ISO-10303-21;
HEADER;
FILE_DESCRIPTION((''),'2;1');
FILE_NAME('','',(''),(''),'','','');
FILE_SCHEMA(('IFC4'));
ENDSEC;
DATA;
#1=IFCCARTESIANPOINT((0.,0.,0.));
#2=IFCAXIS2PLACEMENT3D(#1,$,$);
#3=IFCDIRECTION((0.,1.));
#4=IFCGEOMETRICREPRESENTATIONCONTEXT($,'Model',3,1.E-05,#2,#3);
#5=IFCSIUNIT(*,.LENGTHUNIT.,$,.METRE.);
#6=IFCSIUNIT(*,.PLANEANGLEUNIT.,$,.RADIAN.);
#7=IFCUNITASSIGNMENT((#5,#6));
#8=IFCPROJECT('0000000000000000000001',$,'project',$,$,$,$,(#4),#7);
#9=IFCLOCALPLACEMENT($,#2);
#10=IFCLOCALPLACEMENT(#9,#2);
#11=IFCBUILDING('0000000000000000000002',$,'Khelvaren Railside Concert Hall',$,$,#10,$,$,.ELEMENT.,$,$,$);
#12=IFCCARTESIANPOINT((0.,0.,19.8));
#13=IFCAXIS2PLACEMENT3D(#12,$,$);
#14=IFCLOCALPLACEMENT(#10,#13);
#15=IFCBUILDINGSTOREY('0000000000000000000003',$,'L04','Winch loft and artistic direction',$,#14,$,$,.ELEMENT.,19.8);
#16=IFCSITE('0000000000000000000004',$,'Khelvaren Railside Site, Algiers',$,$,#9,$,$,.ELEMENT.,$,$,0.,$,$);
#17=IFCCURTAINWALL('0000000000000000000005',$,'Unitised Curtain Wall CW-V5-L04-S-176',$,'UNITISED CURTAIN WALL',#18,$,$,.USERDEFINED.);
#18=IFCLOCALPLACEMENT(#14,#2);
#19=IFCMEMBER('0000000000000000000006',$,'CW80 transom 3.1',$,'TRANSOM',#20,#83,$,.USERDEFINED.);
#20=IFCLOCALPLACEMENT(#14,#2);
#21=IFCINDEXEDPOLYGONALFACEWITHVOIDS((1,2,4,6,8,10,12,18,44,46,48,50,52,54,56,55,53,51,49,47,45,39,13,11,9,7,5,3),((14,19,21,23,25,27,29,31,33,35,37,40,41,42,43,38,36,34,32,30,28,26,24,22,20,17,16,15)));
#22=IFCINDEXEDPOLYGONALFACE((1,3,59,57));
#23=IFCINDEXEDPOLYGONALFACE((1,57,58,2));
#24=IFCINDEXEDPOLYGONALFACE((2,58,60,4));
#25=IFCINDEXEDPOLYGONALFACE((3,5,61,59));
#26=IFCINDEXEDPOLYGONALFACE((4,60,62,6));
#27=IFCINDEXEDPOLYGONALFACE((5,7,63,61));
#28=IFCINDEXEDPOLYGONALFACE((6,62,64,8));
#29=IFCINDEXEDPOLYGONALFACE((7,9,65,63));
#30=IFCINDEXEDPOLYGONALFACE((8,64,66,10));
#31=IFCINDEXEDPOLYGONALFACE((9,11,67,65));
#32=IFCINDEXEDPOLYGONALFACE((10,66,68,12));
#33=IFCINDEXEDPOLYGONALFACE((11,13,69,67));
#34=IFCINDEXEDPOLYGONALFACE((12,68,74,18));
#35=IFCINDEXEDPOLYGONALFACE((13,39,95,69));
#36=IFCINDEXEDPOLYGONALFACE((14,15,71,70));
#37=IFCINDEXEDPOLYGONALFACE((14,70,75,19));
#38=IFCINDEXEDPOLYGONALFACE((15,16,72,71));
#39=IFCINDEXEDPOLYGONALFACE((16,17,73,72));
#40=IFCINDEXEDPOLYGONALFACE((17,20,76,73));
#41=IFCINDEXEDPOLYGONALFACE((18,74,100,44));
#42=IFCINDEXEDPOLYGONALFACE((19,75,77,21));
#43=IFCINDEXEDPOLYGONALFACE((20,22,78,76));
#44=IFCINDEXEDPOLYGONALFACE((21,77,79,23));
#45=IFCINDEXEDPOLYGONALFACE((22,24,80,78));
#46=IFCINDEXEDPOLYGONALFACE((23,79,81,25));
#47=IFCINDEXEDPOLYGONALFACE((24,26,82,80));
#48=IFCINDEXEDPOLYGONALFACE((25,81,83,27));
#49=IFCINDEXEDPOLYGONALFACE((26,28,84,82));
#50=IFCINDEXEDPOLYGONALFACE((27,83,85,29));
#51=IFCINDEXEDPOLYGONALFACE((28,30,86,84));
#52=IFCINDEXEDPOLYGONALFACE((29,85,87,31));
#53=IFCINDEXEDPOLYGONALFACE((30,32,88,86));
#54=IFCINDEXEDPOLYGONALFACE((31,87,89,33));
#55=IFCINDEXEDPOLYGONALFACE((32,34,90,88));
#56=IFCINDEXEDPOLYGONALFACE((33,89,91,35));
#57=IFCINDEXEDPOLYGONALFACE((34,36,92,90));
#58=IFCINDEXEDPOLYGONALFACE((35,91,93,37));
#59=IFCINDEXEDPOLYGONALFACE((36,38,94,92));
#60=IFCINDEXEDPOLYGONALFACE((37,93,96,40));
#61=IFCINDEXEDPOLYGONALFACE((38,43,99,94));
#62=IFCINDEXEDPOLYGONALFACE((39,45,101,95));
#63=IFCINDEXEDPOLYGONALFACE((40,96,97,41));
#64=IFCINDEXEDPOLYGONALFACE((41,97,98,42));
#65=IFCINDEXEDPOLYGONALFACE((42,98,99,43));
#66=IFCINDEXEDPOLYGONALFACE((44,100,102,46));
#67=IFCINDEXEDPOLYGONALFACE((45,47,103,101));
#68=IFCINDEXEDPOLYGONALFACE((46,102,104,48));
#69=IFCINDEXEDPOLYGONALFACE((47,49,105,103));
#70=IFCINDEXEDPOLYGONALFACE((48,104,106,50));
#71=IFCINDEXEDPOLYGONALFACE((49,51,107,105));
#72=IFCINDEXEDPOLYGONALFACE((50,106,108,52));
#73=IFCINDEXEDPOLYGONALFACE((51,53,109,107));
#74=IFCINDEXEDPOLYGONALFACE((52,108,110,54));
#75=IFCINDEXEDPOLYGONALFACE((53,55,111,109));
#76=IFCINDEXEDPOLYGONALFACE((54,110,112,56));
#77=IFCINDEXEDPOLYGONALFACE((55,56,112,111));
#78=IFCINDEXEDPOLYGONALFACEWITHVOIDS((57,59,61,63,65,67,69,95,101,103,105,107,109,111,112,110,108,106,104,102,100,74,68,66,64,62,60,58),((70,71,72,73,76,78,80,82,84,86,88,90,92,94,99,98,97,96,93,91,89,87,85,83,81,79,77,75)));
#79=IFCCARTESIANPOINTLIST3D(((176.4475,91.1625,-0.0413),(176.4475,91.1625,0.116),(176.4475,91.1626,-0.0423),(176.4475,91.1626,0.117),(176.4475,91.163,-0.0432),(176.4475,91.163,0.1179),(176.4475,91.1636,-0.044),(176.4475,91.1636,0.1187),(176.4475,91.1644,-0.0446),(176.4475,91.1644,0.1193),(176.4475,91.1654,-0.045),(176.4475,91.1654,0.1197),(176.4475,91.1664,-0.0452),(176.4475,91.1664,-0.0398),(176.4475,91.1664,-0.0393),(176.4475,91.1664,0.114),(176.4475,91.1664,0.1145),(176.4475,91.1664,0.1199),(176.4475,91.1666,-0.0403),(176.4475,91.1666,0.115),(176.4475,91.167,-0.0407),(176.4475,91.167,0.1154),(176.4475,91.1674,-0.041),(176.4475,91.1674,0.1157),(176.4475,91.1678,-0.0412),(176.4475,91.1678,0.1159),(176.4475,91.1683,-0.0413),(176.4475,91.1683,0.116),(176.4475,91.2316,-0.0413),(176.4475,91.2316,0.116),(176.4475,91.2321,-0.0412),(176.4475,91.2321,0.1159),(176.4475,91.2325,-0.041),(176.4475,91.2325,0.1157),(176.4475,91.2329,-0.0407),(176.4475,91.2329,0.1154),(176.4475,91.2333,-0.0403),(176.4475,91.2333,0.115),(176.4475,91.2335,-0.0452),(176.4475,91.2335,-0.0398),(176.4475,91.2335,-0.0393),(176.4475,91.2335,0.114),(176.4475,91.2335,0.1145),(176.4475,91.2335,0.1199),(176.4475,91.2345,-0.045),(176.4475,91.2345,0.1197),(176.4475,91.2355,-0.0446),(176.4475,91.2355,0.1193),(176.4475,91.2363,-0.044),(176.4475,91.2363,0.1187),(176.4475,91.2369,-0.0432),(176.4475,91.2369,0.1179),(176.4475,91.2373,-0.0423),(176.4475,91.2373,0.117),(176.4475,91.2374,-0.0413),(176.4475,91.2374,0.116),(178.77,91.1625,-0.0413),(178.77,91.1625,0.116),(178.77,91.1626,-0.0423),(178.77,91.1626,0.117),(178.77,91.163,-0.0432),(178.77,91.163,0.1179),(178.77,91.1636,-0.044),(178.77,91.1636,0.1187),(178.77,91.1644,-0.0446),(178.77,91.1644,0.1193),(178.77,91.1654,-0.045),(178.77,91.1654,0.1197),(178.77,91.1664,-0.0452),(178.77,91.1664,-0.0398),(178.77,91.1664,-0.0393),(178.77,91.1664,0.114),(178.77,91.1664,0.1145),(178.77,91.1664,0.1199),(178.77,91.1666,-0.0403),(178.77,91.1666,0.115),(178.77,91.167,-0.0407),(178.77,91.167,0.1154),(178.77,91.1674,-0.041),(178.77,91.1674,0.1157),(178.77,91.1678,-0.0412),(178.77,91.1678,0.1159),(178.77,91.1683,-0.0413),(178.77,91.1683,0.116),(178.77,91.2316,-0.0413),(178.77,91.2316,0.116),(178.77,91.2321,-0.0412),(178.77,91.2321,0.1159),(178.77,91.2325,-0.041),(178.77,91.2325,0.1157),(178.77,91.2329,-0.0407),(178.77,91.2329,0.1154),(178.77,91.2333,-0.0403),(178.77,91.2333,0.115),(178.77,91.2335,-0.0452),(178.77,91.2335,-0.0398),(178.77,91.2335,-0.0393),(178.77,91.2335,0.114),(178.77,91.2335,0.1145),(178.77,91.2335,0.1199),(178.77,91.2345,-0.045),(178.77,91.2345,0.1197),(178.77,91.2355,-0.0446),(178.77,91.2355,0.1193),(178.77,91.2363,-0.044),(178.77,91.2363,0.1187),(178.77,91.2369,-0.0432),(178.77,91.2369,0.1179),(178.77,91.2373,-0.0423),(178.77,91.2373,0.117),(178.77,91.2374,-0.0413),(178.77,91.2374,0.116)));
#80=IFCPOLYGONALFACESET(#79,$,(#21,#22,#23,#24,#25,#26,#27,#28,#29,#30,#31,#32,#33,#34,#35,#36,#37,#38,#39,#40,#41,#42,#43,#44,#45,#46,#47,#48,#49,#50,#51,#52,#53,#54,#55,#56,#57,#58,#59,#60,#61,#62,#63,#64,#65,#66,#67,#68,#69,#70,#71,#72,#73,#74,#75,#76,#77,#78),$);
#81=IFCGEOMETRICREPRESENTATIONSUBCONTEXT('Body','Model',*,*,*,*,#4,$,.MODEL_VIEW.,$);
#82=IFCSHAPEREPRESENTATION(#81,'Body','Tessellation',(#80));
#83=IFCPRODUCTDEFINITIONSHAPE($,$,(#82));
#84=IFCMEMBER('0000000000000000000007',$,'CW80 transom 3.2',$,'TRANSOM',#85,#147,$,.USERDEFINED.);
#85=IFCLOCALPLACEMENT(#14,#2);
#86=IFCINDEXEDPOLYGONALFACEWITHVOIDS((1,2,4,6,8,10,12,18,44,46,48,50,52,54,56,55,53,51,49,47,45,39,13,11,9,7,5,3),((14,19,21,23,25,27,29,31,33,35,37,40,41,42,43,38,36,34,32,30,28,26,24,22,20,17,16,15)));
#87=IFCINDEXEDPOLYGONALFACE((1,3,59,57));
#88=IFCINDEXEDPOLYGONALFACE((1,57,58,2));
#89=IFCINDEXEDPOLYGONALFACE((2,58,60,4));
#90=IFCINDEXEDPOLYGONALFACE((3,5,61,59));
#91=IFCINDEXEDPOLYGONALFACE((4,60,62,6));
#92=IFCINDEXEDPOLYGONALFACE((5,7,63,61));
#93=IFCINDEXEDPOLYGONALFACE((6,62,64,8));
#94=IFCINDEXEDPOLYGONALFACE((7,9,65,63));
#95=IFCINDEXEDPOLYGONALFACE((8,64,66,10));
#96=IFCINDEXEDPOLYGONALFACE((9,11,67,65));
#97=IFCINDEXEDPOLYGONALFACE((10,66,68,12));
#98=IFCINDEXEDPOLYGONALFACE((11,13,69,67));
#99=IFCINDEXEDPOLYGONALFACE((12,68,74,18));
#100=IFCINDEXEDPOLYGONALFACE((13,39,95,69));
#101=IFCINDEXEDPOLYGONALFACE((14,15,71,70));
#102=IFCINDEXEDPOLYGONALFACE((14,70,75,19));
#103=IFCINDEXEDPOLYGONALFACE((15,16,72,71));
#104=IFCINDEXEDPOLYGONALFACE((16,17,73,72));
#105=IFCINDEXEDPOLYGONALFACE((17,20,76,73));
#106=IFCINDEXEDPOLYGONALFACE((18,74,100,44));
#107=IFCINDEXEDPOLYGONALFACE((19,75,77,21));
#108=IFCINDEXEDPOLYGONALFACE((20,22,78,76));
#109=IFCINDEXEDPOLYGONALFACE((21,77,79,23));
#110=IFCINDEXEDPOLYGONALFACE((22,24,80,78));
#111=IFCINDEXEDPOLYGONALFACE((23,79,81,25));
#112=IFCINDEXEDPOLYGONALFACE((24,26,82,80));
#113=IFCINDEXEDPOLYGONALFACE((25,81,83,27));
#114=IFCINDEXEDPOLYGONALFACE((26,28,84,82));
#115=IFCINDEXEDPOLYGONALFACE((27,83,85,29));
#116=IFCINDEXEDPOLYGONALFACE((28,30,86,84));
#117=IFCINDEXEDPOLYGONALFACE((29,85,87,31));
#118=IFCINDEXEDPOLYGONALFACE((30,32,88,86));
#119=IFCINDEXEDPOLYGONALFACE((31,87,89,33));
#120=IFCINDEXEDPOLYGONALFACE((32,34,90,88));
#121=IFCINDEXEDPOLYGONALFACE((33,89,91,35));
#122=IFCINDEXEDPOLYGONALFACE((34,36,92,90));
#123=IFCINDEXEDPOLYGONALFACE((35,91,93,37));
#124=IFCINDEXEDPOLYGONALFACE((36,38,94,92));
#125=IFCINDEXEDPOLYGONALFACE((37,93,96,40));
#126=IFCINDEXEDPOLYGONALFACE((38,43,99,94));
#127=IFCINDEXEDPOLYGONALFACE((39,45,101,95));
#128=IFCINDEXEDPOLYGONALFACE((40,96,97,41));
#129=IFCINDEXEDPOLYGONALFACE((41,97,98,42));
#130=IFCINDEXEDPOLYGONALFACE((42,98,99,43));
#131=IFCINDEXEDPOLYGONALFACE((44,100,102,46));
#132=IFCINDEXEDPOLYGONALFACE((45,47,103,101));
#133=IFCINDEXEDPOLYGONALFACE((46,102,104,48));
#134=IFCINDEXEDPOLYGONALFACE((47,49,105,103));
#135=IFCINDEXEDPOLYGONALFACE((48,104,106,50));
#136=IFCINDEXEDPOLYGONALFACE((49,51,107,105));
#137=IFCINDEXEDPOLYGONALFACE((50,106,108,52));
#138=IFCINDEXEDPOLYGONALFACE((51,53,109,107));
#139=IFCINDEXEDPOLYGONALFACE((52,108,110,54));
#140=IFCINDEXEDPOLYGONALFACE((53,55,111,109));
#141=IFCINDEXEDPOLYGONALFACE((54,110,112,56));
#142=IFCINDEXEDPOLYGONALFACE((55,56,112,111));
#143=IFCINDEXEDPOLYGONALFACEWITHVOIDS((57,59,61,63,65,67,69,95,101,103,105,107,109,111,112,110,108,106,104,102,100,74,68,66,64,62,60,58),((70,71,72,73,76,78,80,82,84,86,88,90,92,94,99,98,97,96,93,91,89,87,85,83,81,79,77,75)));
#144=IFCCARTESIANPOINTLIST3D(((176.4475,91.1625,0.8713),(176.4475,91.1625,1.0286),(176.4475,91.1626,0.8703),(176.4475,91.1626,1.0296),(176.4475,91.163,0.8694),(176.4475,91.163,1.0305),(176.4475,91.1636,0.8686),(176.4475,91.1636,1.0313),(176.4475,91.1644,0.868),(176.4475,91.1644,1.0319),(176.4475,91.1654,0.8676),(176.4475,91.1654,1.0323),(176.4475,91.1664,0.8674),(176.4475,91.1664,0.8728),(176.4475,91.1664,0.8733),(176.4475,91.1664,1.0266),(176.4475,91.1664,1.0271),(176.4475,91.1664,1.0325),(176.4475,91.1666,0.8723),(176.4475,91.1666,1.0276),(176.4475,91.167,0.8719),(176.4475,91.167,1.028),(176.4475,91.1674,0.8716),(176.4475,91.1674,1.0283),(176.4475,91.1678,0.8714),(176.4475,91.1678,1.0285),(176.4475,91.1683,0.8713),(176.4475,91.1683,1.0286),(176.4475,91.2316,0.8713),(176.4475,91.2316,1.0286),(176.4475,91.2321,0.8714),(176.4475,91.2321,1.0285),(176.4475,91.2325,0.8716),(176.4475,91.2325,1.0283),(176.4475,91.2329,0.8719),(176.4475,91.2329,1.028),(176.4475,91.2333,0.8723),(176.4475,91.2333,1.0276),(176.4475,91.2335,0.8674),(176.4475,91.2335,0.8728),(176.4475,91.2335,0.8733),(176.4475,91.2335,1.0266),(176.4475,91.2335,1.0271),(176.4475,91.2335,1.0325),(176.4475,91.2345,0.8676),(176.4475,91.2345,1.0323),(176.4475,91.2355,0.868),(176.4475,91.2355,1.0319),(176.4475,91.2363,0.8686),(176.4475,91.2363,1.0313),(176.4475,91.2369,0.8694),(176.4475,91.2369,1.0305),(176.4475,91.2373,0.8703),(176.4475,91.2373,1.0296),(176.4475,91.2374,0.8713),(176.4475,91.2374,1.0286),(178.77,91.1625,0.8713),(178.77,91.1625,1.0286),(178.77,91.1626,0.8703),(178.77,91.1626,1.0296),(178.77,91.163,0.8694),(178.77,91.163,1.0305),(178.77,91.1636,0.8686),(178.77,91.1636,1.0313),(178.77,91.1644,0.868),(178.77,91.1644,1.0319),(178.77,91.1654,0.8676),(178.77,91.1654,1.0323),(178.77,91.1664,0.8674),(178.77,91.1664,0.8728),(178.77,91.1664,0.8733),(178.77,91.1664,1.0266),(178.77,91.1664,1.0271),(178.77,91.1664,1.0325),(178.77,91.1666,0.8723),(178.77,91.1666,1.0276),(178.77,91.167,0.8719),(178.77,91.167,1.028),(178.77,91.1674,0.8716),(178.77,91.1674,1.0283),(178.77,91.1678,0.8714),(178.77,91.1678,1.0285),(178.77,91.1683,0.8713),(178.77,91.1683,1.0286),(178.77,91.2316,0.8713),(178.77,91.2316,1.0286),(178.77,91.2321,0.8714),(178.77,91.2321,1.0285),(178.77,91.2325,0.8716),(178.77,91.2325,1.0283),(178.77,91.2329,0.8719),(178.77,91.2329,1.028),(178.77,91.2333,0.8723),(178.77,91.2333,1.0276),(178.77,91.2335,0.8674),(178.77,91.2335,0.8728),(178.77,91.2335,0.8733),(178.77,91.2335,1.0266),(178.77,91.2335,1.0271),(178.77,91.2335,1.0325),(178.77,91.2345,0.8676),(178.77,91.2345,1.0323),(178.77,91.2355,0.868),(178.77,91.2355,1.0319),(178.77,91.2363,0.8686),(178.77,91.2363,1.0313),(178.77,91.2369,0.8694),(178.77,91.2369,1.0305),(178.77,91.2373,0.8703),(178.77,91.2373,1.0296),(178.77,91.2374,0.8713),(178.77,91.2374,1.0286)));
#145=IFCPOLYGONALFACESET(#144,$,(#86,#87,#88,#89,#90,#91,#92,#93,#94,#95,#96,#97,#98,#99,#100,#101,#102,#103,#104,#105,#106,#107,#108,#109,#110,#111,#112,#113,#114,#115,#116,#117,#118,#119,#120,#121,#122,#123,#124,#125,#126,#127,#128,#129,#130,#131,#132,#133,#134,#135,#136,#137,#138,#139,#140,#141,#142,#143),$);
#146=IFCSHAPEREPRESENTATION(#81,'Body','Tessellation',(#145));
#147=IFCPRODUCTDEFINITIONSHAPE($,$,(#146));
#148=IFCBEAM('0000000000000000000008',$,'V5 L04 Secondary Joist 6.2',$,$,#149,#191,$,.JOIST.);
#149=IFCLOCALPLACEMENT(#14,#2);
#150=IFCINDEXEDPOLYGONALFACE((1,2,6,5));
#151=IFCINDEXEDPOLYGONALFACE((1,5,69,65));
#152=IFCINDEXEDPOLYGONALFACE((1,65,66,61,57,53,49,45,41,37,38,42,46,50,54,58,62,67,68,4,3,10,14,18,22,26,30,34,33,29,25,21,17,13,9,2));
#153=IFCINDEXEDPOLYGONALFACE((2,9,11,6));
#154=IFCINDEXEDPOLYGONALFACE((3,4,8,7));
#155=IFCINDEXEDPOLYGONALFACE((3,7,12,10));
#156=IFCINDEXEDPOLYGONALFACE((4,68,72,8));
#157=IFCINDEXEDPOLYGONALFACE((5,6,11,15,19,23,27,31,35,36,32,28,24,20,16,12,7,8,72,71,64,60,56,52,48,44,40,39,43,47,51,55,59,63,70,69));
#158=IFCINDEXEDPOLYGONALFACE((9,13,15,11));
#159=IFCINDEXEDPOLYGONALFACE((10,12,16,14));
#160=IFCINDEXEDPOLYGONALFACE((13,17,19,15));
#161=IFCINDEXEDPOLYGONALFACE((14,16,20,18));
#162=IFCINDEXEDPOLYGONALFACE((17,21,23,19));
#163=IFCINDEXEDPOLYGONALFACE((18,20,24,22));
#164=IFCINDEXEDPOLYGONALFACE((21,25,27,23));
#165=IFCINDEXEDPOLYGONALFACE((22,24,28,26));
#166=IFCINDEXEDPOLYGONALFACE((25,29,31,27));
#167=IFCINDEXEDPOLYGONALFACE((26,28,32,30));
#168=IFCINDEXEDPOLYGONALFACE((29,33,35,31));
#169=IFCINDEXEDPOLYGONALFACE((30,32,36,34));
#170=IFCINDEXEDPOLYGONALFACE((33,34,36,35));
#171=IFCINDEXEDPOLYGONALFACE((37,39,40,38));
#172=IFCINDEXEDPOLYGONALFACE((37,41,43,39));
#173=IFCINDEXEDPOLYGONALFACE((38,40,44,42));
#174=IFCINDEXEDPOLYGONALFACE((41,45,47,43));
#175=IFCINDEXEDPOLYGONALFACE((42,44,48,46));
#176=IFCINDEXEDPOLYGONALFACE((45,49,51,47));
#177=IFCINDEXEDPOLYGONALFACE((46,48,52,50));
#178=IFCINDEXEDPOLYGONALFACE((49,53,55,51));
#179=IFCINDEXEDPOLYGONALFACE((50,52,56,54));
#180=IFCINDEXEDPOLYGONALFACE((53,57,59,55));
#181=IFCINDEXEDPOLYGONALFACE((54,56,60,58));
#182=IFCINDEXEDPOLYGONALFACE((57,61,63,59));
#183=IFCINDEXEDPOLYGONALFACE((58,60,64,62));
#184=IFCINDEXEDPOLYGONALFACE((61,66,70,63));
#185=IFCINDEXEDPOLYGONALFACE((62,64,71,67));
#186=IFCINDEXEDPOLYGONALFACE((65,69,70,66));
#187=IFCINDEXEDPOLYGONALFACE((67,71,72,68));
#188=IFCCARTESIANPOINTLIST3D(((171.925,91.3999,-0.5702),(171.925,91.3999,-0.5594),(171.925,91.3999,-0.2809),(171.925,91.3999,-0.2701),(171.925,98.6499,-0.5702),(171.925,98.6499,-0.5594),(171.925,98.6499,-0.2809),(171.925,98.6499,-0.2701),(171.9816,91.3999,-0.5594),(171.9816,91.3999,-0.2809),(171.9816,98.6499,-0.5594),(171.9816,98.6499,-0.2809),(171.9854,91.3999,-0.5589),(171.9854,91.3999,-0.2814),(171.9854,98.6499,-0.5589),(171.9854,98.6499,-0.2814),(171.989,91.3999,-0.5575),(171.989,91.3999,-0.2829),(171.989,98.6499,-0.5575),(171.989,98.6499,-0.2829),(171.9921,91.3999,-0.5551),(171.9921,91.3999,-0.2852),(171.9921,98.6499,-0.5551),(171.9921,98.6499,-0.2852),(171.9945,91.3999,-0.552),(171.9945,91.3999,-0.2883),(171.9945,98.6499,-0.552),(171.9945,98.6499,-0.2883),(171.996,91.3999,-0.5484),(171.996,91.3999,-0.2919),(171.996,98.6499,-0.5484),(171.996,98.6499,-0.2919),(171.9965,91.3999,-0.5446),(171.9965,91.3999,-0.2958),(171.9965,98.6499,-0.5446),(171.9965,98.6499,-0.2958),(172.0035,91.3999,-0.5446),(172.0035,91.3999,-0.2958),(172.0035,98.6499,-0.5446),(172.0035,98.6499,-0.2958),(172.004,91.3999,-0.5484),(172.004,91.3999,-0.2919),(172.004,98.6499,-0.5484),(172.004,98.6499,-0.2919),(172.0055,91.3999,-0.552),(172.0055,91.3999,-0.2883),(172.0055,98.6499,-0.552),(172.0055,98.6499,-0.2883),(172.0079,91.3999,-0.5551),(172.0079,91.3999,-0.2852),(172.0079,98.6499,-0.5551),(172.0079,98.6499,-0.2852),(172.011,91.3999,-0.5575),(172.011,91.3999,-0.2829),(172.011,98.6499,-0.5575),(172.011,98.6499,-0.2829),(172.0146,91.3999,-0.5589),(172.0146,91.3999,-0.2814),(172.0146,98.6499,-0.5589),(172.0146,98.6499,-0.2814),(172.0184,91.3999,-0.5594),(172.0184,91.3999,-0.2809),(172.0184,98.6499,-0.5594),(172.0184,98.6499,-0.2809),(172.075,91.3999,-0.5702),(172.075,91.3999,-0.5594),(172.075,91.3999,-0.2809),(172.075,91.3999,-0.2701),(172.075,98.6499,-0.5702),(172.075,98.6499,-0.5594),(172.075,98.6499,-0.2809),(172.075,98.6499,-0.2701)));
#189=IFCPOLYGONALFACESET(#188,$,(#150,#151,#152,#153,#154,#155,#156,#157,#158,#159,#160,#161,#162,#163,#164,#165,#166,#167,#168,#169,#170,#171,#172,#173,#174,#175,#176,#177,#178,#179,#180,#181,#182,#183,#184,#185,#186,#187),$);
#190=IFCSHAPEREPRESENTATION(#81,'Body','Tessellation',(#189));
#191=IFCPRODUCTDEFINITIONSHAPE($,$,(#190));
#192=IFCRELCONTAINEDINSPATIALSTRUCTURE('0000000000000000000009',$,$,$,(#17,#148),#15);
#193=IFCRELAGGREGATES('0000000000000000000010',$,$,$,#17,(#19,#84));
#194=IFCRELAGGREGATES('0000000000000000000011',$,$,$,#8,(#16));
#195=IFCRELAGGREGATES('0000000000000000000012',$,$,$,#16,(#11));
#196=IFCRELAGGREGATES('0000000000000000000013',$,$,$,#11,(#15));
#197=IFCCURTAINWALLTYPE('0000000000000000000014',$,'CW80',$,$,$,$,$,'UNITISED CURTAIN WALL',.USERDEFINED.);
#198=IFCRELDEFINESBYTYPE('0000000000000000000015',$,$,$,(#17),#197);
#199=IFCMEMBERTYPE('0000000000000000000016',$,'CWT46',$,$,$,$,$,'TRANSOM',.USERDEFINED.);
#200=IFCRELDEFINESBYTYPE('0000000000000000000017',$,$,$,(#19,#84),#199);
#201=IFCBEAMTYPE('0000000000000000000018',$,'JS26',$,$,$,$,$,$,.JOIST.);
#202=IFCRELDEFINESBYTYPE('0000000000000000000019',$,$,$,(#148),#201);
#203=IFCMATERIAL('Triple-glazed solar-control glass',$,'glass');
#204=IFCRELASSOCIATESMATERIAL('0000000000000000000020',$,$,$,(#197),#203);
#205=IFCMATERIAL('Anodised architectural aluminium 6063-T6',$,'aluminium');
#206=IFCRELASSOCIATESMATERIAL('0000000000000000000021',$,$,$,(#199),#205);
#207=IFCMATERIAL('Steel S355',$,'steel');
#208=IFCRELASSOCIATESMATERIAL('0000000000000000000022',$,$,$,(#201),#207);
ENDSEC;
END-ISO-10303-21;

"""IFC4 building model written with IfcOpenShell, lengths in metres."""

from ifc_helpers import new_model, si_unit, direction, frame, origin, origin_2d, place, context, subcontext, project, spatial, hollow_rectangle, i_section, extrude, material, material_profile, profile_set, type_object, element, aggregate, save


model = new_model("IFC4")

# Units and contexts
model_context = context("Model", 3, precision=1e-05, world=origin(), true_north=direction((0.0, 1.0)))
body_context = subcontext(model_context, "Body", "Model", "MODEL_VIEW")
ifc_project = project(units=[si_unit("LENGTHUNIT", "METRE"), si_unit("PLANEANGLEUNIT", "RADIAN")], contexts=[model_context])

# Site, building, storey
site_placement = place(None, origin())
site = spatial("IfcSite", under=ifc_project, at=site_placement, Name="Khelvaren Railside Site, Algiers", CompositionType="ELEMENT", RefElevation=0.0)
building_placement = place(site_placement, origin())
building = spatial("IfcBuilding", under=site, at=building_placement, Name="Khelvaren Railside Concert Hall", CompositionType="ELEMENT")
storey_placement = place(building_placement, frame((0.0, 0.0, 19.8)))
storey = spatial("IfcBuildingStorey", under=building, at=storey_placement, Name="L04", Description="Winch loft and artistic direction", CompositionType="ELEMENT", Elevation=19.8)

# Shared definitions
ifc_material_1 = material(Name="Steel S355", Category="steel")

# Shared definitions
ifc_material_2 = material(Name="Triple-glazed solar-control glass", Category="glass")
ifc_material_3 = material(Name="Anodised architectural aluminium 6063-T6", Category="aluminium")

# Curtain wall
curtain_wall_type_1 = type_object("IfcCurtainWallType", Name="CW80", ElementType="UNITISED CURTAIN WALL", PredefinedType="USERDEFINED", material=ifc_material_2)
curtain_wall_1_placement = place(storey_placement, origin())
curtain_wall_1 = element("IfcCurtainWall", 1, at=curtain_wall_1_placement, inside=storey, type_object=curtain_wall_type_1, Name="Unitised Curtain Wall CW-V5-L04-S-176", ObjectType="UNITISED CURTAIN WALL", PredefinedType="USERDEFINED")

# Members
ifc_material_profile_1 = material_profile(ifc_material_3, hollow_rectangle(XDim=0.075, YDim=0.165, WallThickness=0.0039, InnerFilletRadius=0.002, OuterFilletRadius=0.0039, at=origin_2d()), Name="CWT 75x165x4")
ifc_profile_set_1 = profile_set([ifc_material_profile_1], Name="Anodised architectural aluminium 6063-T6")
member_type_1 = type_object("IfcMemberType", Name="CWT46", ElementType="TRANSOM", PredefinedType="USERDEFINED", material=ifc_profile_set_1)
member_1_placement = place(storey_placement, frame((178.77, 91.2, 0.0374), z_axis=(-1.0, 0.0, 0.0), x_axis=(0.0, -1.0, 0.0)))
member_1 = element("IfcMember", 2, at=member_1_placement, type_object=member_type_1, Name="CW80 transom 3.1", ObjectType="TRANSOM", PredefinedType="USERDEFINED", context=body_context, shape_type="SweptSolid", body=[
    extrude(hollow_rectangle(XDim=0.075, YDim=0.165, WallThickness=0.0039, InnerFilletRadius=0.002, OuterFilletRadius=0.0039, at=origin_2d()), origin(), (0.0, 0.0, 1.0), 2.3225),
])
member_2_placement = place(storey_placement, frame((178.77, 91.2, 0.95), z_axis=(-1.0, 0.0, 0.0), x_axis=(0.0, -1.0, 0.0)))
member_2 = element("IfcMember", 3, at=member_2_placement, type_object=member_type_1, Name="CW80 transom 3.2", ObjectType="TRANSOM", PredefinedType="USERDEFINED", context=body_context, shape_type="SweptSolid", body=[
    extrude(hollow_rectangle(XDim=0.075, YDim=0.165, WallThickness=0.0039, InnerFilletRadius=0.002, OuterFilletRadius=0.0039, at=origin_2d()), origin(), (0.0, 0.0, 1.0), 2.3225),
])

# Beam
ifc_material_profile_2 = material_profile(ifc_material_1, i_section(OverallWidth=0.1499, OverallDepth=0.3, WebThickness=0.0071, FlangeThickness=0.0107, FilletRadius=0.0149, at=origin_2d()), Name="IPE 300")
ifc_profile_set_2 = profile_set([ifc_material_profile_2], Name="Steel S355")
beam_type_1 = type_object("IfcBeamType", Name="JS26", PredefinedType="JOIST", material=ifc_profile_set_2)
beam_1_placement = place(storey_placement, frame((172.0, 91.3999, -0.4202), z_axis=(0.0, 1.0, 0.0), x_axis=(-1.0, 0.0, 0.0)))
element("IfcBeam", 4, at=beam_1_placement, inside=storey, type_object=beam_type_1, Name="V5 L04 Secondary Joist 6.2", PredefinedType="JOIST", context=body_context, shape_type="SweptSolid", body=[
    extrude(i_section(OverallWidth=0.1499, OverallDepth=0.3, WebThickness=0.0071, FlangeThickness=0.0107, FilletRadius=0.0149, at=origin_2d()), origin(), (0.0, 0.0, 1.0), 7.25),
])

aggregate(curtain_wall_1, [member_1, member_2])

save(model, "model.ifc")
